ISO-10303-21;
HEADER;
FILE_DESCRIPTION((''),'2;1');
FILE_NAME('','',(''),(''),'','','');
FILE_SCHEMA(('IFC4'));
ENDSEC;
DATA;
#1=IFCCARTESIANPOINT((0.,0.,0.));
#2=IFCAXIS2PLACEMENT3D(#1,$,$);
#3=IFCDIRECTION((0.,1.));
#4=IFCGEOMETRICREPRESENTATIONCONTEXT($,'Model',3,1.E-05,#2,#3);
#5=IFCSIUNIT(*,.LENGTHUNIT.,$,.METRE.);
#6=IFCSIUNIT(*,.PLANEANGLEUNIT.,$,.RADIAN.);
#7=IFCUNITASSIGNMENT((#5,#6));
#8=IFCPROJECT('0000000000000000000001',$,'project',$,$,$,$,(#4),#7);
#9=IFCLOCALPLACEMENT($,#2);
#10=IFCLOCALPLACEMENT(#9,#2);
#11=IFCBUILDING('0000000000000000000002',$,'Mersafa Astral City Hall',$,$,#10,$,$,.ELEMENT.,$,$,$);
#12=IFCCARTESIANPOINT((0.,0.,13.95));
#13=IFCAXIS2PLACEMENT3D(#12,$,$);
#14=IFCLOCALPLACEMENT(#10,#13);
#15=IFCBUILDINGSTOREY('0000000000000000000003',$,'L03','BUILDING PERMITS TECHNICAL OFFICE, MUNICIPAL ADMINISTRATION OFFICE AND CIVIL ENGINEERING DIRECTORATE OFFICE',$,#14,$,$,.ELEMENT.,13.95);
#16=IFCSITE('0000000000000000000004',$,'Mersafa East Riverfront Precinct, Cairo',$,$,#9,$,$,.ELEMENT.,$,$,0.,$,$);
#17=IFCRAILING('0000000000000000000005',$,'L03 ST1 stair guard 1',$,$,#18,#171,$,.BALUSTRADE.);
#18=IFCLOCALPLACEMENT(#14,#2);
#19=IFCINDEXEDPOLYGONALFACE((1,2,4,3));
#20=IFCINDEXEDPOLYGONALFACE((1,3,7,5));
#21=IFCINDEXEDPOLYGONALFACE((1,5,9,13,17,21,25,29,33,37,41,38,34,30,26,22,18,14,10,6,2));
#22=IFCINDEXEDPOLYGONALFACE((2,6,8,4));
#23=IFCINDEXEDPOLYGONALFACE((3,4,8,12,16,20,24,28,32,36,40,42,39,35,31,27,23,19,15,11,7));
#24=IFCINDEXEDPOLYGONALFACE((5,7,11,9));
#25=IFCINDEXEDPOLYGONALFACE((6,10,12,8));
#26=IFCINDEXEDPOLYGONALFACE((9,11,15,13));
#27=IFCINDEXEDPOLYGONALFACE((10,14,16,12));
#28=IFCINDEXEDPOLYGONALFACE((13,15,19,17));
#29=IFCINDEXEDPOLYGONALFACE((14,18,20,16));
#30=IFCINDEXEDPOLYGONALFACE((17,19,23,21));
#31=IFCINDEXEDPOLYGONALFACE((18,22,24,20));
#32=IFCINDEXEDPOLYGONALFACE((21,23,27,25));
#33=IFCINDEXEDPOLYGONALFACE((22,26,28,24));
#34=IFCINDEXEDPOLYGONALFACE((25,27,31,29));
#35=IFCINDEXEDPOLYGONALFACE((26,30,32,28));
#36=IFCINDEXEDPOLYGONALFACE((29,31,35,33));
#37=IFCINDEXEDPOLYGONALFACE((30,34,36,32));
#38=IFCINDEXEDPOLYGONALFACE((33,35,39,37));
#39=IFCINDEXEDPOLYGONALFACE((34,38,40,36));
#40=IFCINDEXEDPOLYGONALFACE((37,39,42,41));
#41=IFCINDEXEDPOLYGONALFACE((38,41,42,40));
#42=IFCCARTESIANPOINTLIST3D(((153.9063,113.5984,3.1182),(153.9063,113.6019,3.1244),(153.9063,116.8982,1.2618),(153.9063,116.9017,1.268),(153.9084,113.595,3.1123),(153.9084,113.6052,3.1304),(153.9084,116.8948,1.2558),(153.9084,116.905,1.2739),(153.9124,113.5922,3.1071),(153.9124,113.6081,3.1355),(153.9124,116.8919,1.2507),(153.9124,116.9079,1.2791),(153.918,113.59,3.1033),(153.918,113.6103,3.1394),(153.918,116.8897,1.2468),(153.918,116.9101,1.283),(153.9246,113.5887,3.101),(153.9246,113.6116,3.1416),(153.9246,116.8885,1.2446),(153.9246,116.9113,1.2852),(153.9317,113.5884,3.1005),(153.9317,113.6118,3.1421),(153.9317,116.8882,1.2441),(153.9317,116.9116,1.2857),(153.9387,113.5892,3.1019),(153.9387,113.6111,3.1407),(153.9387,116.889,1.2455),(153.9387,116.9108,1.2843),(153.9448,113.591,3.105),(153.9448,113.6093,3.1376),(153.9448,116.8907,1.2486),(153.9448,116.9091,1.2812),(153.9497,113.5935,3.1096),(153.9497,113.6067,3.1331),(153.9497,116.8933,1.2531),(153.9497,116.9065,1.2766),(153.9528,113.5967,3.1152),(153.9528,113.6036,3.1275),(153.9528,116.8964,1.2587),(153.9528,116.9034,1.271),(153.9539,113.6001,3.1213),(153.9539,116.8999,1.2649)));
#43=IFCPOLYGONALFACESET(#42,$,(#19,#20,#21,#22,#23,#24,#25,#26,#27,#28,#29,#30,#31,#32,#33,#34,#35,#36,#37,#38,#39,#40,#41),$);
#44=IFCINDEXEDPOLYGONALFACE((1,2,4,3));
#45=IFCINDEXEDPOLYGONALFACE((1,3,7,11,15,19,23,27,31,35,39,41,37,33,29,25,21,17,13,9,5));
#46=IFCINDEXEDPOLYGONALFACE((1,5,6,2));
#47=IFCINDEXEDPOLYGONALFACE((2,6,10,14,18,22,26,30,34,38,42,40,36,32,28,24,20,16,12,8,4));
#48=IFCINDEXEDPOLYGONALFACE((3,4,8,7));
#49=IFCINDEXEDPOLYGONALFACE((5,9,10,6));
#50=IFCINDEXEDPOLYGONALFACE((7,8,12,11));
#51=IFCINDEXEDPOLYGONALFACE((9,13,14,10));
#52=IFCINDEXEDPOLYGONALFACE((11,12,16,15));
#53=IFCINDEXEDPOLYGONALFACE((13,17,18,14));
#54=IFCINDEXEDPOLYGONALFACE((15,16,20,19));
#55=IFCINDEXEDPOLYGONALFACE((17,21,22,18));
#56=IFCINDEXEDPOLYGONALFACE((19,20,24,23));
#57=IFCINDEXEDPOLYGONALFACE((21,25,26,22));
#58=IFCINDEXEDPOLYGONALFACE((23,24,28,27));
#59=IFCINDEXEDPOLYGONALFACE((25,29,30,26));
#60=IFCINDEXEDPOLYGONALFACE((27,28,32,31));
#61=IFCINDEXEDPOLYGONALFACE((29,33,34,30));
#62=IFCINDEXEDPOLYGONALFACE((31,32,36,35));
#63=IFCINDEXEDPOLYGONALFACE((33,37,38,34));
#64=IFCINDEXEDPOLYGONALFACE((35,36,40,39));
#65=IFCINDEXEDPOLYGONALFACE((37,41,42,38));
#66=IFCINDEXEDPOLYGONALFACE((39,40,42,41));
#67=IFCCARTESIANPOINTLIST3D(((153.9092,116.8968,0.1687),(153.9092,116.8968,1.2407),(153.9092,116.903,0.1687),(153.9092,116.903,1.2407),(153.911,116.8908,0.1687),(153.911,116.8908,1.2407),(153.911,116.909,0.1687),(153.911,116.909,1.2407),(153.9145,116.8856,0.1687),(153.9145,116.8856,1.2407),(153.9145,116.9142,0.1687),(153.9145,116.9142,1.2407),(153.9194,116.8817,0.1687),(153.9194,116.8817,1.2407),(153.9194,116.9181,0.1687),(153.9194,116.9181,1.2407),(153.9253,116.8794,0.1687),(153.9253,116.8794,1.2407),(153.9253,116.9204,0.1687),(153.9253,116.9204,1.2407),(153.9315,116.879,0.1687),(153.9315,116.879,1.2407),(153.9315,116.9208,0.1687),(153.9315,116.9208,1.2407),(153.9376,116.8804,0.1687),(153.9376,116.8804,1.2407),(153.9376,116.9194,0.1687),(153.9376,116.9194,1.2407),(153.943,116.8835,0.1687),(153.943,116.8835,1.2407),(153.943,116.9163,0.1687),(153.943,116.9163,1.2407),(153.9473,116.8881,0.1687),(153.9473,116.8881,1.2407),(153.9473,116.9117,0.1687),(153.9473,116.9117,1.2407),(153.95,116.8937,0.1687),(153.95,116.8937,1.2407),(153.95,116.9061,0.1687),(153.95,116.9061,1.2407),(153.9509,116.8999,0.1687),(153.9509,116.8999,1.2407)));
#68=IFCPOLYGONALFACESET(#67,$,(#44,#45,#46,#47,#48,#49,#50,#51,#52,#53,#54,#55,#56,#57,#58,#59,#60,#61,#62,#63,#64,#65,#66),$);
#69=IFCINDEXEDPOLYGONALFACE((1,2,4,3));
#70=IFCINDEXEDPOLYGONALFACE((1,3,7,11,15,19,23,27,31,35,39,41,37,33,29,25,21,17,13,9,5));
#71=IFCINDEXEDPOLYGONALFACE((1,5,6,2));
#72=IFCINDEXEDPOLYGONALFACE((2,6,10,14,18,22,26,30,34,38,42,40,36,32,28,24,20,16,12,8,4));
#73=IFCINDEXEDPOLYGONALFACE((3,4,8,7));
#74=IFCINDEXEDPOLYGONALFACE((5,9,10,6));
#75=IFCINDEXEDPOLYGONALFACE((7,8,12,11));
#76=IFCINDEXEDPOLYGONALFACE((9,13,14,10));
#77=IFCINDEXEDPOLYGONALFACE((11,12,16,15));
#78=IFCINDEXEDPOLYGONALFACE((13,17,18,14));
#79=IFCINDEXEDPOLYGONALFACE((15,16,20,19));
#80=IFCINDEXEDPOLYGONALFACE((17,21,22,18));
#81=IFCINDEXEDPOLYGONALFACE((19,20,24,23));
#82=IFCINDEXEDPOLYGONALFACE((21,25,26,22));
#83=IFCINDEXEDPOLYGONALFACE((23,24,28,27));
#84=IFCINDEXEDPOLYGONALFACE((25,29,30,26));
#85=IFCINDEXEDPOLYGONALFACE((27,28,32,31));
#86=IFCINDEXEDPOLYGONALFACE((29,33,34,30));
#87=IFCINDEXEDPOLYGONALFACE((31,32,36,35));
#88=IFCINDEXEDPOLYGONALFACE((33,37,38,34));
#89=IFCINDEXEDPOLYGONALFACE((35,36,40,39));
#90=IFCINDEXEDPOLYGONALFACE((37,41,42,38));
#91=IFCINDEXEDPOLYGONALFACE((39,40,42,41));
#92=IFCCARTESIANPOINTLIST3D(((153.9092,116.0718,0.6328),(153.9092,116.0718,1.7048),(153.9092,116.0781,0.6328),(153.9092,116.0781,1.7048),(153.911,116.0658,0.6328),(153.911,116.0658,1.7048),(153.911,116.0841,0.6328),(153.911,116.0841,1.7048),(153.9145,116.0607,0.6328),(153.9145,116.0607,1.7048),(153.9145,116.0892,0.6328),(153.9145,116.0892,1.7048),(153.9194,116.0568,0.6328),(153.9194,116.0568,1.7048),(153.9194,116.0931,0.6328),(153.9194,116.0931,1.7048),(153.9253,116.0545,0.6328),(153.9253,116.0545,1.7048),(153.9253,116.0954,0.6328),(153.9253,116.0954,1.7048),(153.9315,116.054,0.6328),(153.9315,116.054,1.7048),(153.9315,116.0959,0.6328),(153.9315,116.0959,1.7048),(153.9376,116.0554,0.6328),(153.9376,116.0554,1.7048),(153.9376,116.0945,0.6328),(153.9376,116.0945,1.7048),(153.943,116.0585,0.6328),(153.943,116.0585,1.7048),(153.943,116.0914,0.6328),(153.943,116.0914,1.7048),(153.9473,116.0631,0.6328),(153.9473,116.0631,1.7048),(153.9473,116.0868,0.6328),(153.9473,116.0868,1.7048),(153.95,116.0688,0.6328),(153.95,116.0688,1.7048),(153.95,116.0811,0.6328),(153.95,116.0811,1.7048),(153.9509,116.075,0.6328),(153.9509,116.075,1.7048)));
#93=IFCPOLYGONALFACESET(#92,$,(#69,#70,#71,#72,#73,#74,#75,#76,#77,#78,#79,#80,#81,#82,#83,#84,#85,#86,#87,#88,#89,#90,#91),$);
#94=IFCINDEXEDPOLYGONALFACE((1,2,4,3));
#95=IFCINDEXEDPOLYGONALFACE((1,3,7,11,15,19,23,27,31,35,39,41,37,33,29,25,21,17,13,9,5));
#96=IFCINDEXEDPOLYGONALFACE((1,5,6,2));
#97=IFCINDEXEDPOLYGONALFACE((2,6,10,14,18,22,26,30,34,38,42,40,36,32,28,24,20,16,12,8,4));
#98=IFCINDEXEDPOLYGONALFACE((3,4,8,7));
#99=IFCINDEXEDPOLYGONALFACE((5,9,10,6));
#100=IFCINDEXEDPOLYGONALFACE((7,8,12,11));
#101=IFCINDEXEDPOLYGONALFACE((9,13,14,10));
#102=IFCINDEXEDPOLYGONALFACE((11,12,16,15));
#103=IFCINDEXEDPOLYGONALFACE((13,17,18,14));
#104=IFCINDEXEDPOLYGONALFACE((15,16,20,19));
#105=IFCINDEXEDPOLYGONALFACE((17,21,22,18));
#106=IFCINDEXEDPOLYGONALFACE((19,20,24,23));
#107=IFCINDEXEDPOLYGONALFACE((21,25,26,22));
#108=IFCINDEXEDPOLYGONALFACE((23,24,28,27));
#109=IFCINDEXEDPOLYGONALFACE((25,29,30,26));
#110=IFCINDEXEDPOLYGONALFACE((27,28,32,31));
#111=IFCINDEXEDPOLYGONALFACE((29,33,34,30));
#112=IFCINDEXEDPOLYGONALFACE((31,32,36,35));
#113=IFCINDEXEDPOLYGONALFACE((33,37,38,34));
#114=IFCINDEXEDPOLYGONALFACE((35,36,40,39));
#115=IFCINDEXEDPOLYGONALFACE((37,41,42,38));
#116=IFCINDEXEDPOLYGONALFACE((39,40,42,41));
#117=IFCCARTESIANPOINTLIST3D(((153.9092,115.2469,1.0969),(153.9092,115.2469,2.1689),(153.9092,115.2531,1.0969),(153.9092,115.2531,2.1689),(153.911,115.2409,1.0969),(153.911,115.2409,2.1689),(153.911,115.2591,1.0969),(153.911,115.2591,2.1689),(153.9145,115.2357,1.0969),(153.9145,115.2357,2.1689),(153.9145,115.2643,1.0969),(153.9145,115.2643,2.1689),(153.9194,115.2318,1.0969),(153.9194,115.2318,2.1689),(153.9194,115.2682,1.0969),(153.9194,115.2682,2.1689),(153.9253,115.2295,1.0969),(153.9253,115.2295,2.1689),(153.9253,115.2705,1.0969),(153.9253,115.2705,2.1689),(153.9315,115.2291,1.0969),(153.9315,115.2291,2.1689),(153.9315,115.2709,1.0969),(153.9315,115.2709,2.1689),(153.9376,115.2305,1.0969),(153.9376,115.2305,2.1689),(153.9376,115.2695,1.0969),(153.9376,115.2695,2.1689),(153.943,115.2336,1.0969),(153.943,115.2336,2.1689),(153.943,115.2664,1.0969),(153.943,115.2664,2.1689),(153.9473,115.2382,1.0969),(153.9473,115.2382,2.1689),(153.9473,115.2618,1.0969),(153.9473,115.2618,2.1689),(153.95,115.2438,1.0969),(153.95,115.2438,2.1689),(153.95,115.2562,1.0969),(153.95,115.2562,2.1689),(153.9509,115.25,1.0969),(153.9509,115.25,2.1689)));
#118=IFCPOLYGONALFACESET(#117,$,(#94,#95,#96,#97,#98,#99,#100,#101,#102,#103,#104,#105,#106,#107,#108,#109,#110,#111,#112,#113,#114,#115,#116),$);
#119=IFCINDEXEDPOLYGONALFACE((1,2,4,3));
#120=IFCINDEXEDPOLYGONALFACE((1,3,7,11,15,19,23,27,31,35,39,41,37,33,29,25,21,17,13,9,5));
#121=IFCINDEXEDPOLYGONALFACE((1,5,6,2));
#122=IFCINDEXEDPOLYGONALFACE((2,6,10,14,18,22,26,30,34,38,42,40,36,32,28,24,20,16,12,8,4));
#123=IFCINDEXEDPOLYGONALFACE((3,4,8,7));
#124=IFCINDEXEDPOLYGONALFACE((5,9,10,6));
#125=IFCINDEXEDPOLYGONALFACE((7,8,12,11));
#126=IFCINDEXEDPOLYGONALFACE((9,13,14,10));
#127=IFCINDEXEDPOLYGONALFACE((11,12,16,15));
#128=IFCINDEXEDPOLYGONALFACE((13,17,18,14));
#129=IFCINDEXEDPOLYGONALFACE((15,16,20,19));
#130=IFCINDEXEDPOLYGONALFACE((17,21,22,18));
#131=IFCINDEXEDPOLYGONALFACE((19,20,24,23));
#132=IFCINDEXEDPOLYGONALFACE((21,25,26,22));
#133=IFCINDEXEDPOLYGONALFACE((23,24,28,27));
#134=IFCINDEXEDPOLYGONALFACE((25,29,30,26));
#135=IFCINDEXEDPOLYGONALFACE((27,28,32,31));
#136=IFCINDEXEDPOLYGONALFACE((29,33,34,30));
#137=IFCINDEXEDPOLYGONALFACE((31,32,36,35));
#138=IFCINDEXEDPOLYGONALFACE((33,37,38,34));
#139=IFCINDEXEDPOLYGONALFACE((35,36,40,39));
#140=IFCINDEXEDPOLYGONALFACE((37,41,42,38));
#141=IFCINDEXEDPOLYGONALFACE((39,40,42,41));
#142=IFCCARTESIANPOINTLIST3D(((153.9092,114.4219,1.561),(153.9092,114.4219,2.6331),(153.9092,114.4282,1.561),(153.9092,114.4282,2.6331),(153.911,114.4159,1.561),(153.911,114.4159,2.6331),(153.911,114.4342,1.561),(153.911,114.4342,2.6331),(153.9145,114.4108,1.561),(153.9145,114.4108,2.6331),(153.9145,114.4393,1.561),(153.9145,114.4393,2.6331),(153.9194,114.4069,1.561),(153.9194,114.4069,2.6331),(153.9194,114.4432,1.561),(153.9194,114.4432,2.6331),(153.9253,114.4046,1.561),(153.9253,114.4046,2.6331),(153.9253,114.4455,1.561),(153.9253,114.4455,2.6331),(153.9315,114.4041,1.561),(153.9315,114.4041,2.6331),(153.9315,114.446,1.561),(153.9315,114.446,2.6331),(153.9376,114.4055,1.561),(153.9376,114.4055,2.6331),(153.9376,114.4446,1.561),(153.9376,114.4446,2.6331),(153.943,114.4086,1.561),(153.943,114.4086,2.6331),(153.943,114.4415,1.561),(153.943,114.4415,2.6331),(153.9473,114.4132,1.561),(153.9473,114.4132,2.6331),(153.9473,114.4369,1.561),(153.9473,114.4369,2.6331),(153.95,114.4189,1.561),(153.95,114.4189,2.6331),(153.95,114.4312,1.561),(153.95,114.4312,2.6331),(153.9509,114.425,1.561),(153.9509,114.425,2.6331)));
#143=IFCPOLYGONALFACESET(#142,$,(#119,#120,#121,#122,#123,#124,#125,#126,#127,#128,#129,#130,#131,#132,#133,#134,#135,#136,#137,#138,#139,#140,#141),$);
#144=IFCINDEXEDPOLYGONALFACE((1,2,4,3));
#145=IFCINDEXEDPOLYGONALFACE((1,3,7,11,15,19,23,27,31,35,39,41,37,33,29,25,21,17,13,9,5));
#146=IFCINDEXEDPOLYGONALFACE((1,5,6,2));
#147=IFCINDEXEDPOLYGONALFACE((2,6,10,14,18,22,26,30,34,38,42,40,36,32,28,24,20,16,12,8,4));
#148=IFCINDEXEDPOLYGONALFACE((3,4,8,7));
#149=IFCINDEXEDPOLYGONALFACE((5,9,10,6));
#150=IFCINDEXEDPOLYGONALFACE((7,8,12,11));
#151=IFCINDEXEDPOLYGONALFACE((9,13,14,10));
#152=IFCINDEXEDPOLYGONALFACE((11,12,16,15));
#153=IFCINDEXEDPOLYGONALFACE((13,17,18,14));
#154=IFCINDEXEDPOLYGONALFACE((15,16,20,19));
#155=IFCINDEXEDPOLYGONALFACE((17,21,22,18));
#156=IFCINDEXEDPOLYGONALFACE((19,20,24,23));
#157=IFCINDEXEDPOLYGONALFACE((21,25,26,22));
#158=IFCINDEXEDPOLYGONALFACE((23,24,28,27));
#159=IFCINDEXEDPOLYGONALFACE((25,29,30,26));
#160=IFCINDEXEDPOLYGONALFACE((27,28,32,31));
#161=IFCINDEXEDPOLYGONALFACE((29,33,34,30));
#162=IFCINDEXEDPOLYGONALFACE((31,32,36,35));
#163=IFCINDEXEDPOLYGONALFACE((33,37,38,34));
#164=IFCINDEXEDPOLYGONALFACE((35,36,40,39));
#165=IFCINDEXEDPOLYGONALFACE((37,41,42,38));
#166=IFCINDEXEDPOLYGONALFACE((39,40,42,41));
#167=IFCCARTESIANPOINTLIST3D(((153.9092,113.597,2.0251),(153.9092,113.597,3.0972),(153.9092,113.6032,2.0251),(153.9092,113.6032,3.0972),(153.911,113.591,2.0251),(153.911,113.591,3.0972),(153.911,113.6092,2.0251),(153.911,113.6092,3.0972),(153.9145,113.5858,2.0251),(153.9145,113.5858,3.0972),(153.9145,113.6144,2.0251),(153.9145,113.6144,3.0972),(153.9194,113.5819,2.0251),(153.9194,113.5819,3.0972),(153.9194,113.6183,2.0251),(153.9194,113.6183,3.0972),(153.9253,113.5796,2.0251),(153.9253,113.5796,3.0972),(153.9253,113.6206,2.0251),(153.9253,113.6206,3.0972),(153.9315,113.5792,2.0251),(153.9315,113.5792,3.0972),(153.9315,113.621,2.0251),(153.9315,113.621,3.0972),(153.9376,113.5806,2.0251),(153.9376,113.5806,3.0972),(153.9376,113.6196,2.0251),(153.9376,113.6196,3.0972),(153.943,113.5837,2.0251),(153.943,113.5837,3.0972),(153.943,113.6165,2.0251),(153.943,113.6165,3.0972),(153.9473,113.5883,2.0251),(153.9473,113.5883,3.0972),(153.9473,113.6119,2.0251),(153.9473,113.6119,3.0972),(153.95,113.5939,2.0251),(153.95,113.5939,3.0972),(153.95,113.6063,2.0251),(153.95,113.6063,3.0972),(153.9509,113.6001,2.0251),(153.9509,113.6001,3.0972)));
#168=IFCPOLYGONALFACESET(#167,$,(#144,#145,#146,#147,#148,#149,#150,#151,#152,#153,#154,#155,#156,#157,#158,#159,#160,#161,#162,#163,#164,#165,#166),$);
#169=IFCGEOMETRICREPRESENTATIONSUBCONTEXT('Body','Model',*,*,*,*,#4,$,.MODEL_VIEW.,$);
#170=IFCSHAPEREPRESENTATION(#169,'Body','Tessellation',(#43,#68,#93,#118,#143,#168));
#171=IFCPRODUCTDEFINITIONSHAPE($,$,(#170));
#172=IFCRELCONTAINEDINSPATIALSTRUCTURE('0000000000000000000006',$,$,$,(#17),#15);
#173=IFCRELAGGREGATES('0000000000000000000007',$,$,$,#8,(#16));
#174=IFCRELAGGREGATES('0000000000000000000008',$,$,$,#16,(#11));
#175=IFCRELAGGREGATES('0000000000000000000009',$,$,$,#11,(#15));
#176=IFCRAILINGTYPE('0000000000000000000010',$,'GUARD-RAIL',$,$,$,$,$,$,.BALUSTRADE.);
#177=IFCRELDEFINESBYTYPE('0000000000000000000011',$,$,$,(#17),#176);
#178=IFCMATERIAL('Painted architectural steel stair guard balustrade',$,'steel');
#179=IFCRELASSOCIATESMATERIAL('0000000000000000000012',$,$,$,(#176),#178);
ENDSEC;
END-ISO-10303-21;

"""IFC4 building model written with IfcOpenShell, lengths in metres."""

from ifc_helpers import new_model, si_unit, direction, frame, origin, origin_2d, place, context, subcontext, project, spatial, circle, extrude, material, type_object, element, save


model = new_model("IFC4")

# Units and contexts
model_context = context("Model", 3, precision=1e-05, world=origin(), true_north=direction((0.0, 1.0)))
body_context = subcontext(model_context, "Body", "Model", "MODEL_VIEW")
ifc_project = project(units=[si_unit("LENGTHUNIT", "METRE"), si_unit("PLANEANGLEUNIT", "RADIAN")], contexts=[model_context])

# Site, building, storey
site_placement = place(None, origin())
site = spatial("IfcSite", under=ifc_project, at=site_placement, Name="Mersafa East Riverfront Precinct, Cairo", CompositionType="ELEMENT", RefElevation=0.0)
building_placement = place(site_placement, origin())
building = spatial("IfcBuilding", under=site, at=building_placement, Name="Mersafa Astral City Hall", CompositionType="ELEMENT")
storey_placement = place(building_placement, frame((0.0, 0.0, 13.95)))
storey = spatial("IfcBuildingStorey", under=building, at=storey_placement, Name="L03", Description="BUILDING PERMITS TECHNICAL OFFICE, MUNICIPAL ADMINISTRATION OFFICE AND CIVIL ENGINEERING DIRECTORATE OFFICE", CompositionType="ELEMENT", Elevation=13.95)

# Railing
ifc_material_1 = material(Name="Painted architectural steel stair guard balustrade", Category="steel")
railing_type_1 = type_object("IfcRailingType", Name="GUARD-RAIL", PredefinedType="BALUSTRADE", material=ifc_material_1)
railing_1_placement = place(storey_placement, frame((153.9299, 116.8999, 0.1687)))
element("IfcRailing", 1, at=railing_1_placement, inside=storey, type_object=railing_type_1, Name="L03 ST1 stair guard 1", PredefinedType="BALUSTRADE", context=body_context, shape_type="SweptSolid", body=[
    extrude(circle(Radius=0.0239, at=origin_2d()), frame((0.0, 0.0, 1.0962), z_axis=(0.0, -0.871541, 0.490322), x_axis=(1.0, 0.0, 0.0)), (0.0, 0.0, 1.0), 3.7861),
    extrude(circle(Radius=0.021, at=origin_2d()), origin(), (0.0, 0.0, 1.0), 1.072),
    extrude(circle(Radius=0.021, at=origin_2d()), frame((0.0, -0.825, 0.4641)), (0.0, 0.0, 1.0), 1.072),
    extrude(circle(Radius=0.021, at=origin_2d()), frame((0.0, -1.6499, 0.9282)), (0.0, 0.0, 1.0), 1.072),
    extrude(circle(Radius=0.021, at=origin_2d()), frame((0.0, -2.4749, 1.3923)), (0.0, 0.0, 1.0), 1.072),
    extrude(circle(Radius=0.021, at=origin_2d()), frame((0.0, -3.2998, 1.8564)), (0.0, 0.0, 1.0), 1.072),
])

save(model, "model.ifc")
